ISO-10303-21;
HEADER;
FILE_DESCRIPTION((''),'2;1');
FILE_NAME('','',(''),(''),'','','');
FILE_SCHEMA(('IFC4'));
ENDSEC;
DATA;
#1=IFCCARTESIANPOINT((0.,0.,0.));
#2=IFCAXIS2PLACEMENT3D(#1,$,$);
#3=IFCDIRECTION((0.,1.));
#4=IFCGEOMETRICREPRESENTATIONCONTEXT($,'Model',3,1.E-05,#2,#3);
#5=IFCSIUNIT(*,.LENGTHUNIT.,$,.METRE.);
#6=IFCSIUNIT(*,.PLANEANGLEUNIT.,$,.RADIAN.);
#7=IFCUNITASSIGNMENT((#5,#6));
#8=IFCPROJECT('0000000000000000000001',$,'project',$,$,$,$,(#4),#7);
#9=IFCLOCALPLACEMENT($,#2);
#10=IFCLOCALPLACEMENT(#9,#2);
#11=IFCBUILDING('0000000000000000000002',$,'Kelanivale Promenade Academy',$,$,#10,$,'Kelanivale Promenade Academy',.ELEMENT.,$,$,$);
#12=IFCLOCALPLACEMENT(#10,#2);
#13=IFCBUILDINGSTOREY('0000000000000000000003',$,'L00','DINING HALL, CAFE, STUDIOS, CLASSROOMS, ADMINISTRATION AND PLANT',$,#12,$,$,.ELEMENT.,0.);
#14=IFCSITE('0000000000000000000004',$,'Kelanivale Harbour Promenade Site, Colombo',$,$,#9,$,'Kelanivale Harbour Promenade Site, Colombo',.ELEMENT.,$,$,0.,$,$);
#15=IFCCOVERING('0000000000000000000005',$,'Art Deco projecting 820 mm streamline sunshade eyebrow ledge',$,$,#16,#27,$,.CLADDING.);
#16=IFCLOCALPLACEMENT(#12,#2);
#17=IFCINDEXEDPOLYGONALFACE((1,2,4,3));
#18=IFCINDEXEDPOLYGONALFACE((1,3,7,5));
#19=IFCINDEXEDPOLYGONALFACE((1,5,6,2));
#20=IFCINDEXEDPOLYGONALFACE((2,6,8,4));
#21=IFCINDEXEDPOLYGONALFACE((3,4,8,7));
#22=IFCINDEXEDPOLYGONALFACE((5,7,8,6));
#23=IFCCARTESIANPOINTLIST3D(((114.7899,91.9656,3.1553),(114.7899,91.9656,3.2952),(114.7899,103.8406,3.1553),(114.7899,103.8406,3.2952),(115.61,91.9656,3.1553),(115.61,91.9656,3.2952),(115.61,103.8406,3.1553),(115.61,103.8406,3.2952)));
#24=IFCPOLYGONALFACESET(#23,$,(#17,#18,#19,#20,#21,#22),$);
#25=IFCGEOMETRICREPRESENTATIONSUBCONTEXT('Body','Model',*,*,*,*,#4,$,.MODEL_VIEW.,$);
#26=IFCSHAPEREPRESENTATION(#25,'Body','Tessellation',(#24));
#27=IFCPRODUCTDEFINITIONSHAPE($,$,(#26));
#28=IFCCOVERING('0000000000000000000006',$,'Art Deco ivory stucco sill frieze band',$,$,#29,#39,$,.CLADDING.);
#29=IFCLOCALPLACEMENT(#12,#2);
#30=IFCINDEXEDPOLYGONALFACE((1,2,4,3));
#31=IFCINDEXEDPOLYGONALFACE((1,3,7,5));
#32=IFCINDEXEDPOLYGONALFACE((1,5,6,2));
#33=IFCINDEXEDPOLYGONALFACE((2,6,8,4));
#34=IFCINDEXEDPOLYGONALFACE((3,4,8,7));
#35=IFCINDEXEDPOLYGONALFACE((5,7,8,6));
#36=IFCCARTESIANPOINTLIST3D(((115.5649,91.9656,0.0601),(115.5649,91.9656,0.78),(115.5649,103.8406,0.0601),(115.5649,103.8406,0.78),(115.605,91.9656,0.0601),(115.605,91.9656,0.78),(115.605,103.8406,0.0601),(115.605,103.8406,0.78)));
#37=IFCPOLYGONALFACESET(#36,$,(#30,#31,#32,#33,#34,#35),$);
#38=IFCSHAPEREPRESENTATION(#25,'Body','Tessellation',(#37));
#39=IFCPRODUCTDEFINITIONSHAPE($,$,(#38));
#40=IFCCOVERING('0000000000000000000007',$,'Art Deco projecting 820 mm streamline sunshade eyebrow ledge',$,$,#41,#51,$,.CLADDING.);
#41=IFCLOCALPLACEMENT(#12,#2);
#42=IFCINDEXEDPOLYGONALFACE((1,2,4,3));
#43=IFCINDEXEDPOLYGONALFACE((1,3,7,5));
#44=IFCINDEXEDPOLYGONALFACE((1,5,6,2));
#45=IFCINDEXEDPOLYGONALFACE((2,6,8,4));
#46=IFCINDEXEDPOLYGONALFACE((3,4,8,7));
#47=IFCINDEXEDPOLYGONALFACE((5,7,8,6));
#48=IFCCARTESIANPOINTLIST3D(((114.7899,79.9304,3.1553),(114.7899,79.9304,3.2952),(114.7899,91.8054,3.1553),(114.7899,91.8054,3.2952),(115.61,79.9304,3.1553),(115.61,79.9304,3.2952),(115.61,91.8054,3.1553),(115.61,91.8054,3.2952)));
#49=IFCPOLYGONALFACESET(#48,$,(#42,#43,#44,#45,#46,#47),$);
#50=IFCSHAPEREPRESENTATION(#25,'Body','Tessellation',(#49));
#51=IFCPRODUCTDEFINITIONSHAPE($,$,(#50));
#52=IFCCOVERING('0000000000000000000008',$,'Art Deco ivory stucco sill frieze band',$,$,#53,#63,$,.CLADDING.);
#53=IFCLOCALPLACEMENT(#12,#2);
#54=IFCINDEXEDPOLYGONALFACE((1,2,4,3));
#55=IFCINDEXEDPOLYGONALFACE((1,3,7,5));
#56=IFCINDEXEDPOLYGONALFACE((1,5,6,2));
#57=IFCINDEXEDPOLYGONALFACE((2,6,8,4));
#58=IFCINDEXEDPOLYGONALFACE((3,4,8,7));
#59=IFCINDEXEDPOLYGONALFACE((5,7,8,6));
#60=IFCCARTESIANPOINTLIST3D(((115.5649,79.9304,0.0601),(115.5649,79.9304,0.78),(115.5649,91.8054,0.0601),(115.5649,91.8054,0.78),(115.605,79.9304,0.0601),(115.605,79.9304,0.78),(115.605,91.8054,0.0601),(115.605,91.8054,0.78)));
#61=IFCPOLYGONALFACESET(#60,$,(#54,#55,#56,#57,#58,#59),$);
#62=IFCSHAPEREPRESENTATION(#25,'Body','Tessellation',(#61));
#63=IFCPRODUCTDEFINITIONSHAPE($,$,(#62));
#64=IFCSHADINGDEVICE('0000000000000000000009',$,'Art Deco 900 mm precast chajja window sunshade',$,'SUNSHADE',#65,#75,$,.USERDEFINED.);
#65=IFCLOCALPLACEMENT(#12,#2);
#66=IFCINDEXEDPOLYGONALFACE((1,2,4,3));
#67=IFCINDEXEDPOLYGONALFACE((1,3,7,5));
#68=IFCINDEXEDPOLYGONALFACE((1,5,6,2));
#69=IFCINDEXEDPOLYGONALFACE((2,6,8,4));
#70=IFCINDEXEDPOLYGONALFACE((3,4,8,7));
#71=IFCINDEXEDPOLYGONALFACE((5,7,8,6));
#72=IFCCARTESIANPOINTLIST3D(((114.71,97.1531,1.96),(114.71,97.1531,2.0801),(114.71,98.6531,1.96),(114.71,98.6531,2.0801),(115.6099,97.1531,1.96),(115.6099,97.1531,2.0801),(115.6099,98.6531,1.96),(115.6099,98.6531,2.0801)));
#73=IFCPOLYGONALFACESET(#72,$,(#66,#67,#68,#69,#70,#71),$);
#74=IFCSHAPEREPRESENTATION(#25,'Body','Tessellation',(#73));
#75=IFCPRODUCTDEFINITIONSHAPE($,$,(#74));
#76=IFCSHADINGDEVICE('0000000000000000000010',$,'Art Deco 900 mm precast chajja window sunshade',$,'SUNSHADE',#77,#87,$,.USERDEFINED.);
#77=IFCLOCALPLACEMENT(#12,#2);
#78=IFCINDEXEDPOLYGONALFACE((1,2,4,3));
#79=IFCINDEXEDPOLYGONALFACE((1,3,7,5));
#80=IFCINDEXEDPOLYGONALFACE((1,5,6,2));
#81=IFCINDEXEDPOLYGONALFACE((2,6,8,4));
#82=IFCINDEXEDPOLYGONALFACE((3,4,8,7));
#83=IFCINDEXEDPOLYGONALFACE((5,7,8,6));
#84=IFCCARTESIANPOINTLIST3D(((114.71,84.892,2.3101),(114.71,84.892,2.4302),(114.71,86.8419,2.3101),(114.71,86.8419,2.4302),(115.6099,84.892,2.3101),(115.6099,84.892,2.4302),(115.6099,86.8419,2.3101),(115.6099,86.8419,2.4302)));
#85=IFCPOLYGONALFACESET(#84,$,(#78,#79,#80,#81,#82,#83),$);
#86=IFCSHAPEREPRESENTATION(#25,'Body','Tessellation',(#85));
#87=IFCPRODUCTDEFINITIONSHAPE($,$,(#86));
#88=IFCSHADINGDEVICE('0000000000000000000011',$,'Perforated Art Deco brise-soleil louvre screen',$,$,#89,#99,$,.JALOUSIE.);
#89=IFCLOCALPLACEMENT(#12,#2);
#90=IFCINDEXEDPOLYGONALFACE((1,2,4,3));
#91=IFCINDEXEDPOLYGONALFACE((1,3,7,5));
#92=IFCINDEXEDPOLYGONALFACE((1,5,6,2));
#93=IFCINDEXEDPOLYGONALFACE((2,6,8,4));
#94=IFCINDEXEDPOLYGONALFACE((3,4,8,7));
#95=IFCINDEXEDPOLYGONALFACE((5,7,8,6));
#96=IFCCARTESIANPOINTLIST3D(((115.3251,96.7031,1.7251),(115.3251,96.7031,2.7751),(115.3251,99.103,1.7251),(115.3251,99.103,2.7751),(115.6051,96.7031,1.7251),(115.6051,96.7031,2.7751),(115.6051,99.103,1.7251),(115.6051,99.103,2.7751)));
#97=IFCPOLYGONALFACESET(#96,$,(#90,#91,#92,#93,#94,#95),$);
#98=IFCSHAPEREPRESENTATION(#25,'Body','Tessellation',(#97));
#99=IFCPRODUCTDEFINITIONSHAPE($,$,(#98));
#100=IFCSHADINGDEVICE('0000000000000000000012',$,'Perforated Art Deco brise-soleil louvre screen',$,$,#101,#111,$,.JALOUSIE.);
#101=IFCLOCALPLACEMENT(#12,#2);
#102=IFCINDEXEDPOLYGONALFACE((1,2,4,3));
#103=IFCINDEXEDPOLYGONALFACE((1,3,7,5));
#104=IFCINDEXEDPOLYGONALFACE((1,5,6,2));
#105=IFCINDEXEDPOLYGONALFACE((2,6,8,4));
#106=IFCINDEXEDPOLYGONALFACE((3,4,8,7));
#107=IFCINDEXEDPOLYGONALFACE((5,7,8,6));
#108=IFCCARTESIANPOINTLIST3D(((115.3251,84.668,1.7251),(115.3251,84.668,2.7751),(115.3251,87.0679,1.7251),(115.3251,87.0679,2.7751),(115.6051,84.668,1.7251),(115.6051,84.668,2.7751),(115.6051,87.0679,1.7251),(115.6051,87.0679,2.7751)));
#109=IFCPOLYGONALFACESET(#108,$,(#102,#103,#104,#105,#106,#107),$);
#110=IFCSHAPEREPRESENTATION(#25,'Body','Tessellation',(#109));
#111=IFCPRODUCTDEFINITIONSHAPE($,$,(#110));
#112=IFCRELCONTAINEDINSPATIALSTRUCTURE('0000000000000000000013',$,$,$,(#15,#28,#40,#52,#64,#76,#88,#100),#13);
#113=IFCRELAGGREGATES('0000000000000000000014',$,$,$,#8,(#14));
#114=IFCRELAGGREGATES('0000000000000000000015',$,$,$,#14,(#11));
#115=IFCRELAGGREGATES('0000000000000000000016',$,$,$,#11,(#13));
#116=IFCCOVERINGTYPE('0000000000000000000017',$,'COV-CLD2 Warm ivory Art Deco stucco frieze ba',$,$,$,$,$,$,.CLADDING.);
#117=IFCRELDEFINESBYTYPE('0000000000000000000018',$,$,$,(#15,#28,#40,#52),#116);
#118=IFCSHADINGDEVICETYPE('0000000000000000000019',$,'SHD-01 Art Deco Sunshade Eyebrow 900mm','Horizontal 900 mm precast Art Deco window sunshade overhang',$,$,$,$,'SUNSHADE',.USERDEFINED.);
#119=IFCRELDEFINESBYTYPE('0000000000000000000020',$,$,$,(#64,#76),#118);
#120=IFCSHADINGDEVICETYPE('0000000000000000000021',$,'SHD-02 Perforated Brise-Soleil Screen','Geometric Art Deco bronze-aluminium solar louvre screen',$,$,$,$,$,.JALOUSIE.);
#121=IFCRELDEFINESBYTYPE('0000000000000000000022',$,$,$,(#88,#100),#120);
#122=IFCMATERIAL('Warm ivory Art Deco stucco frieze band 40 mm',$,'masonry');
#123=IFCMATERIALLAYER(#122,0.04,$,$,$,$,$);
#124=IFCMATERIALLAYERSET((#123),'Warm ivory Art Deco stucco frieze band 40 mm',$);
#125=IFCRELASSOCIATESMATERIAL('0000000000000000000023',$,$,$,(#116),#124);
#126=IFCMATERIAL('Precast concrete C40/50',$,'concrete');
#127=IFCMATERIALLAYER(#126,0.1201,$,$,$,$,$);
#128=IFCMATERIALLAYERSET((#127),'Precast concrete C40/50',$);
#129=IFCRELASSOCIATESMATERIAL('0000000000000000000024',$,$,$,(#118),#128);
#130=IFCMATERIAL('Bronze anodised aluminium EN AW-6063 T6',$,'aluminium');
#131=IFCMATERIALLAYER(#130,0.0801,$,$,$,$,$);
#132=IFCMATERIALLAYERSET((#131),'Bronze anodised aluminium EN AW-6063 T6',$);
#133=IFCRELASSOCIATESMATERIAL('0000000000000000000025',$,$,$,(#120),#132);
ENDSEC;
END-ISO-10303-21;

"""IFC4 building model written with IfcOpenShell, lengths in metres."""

from ifc_helpers import new_model, si_unit, direction, frame, origin, origin_2d, place, context, subcontext, project, spatial, rectangle, extrude, material, layer, layer_set, type_object, element, save


model = new_model("IFC4")

# Units and contexts
model_context = context("Model", 3, precision=1e-05, world=origin(), true_north=direction((0.0, 1.0)))
body_context = subcontext(model_context, "Body", "Model", "MODEL_VIEW")
ifc_project = project(units=[si_unit("LENGTHUNIT", "METRE"), si_unit("PLANEANGLEUNIT", "RADIAN")], contexts=[model_context])

# Site, building, storey
site_placement = place(None, origin())
site = spatial("IfcSite", under=ifc_project, at=site_placement, Name="Kelanivale Harbour Promenade Site, Colombo", LongName="Kelanivale Harbour Promenade Site, Colombo", CompositionType="ELEMENT", RefElevation=0.0)
building_placement = place(site_placement, origin())
building = spatial("IfcBuilding", under=site, at=building_placement, Name="Kelanivale Promenade Academy", LongName="Kelanivale Promenade Academy", CompositionType="ELEMENT")
storey_placement = place(building_placement, origin())
storey = spatial("IfcBuildingStorey", under=building, at=storey_placement, Name="L00", Description="DINING HALL, CAFE, STUDIOS, CLASSROOMS, ADMINISTRATION AND PLANT", CompositionType="ELEMENT", Elevation=0.0)

# Coverings
ifc_material_1 = material(Name="Warm ivory Art Deco stucco frieze band 40 mm", Category="masonry")
ifc_layer_1 = layer(ifc_material_1, 0.04)
ifc_layer_set_1 = layer_set([ifc_layer_1], Name="Warm ivory Art Deco stucco frieze band 40 mm")
covering_type = type_object("IfcCoveringType", Name="COV-CLD2 Warm ivory Art Deco stucco frieze ba", PredefinedType="CLADDING", material=ifc_layer_set_1)
covering_1_placement = place(storey_placement, frame((115.2, 97.9031, 3.1553), z_axis=(0.0, 0.0, 1.0), x_axis=(0.0, -1.0, 0.0)))
element("IfcCovering", 1, at=covering_1_placement, inside=storey, type_object=covering_type, Name="Art Deco projecting 820 mm streamline sunshade eyebrow ledge", PredefinedType="CLADDING", context=body_context, shape_type="SweptSolid", body=[
    extrude(rectangle(XDim=11.875, YDim=0.8201, at=origin_2d()), origin(), (0.0, 0.0, 1.0), 0.1399),
])
covering_2_placement = place(storey_placement, frame((115.585, 97.9031, 0.0601), z_axis=(0.0, 0.0, 1.0), x_axis=(0.0, -1.0, 0.0)))
element("IfcCovering", 2, at=covering_2_placement, inside=storey, type_object=covering_type, Name="Art Deco ivory stucco sill frieze band", PredefinedType="CLADDING", context=body_context, shape_type="SweptSolid", body=[
    extrude(rectangle(XDim=11.875, YDim=0.04, at=origin_2d()), origin(), (0.0, 0.0, 1.0), 0.72),
])
covering_3_placement = place(storey_placement, frame((115.2, 85.8679, 3.1553), z_axis=(0.0, 0.0, 1.0), x_axis=(0.0, -1.0, 0.0)))
element("IfcCovering", 3, at=covering_3_placement, inside=storey, type_object=covering_type, Name="Art Deco projecting 820 mm streamline sunshade eyebrow ledge", PredefinedType="CLADDING", context=body_context, shape_type="SweptSolid", body=[
    extrude(rectangle(XDim=11.875, YDim=0.8201, at=origin_2d()), origin(), (0.0, 0.0, 1.0), 0.1399),
])
covering_4_placement = place(storey_placement, frame((115.585, 85.8679, 0.0601), z_axis=(0.0, 0.0, 1.0), x_axis=(0.0, -1.0, 0.0)))
element("IfcCovering", 4, at=covering_4_placement, inside=storey, type_object=covering_type, Name="Art Deco ivory stucco sill frieze band", PredefinedType="CLADDING", context=body_context, shape_type="SweptSolid", body=[
    extrude(rectangle(XDim=11.875, YDim=0.04, at=origin_2d()), origin(), (0.0, 0.0, 1.0), 0.72),
])

# Shading devices
ifc_material_2 = material(Name="Precast concrete C40/50", Category="concrete")
ifc_layer_2 = layer(ifc_material_2, 0.1201)
ifc_layer_set_2 = layer_set([ifc_layer_2], Name="Precast concrete C40/50")
shading_device_type_1 = type_object("IfcShadingDeviceType", Name="SHD-01 Art Deco Sunshade Eyebrow 900mm", Description="Horizontal 900 mm precast Art Deco window sunshade overhang", ElementType="SUNSHADE", PredefinedType="USERDEFINED", material=ifc_layer_set_2)
shading_device_1_placement = place(storey_placement, frame((115.1599, 97.9031, 1.96), z_axis=(0.0, 0.0, 1.0), x_axis=(0.0, -1.0, 0.0)))
element("IfcShadingDevice", 5, at=shading_device_1_placement, inside=storey, type_object=shading_device_type_1, Name="Art Deco 900 mm precast chajja window sunshade", ObjectType="SUNSHADE", PredefinedType="USERDEFINED", context=body_context, shape_type="SweptSolid", body=[
    extrude(rectangle(XDim=1.5, YDim=0.8999, at=origin_2d()), origin(), (0.0, 0.0, 1.0), 0.1201),
])
shading_device_2_placement = place(storey_placement, frame((115.1599, 85.8669, 2.3101), z_axis=(0.0, 0.0, 1.0), x_axis=(0.0, -1.0, 0.0)))
element("IfcShadingDevice", 6, at=shading_device_2_placement, inside=storey, type_object=shading_device_type_1, Name="Art Deco 900 mm precast chajja window sunshade", ObjectType="SUNSHADE", PredefinedType="USERDEFINED", context=body_context, shape_type="SweptSolid", body=[
    extrude(rectangle(XDim=1.95, YDim=0.8999, at=origin_2d()), origin(), (0.0, 0.0, 1.0), 0.1201),
])
ifc_material_3 = material(Name="Bronze anodised aluminium EN AW-6063 T6", Category="aluminium")
ifc_layer_3 = layer(ifc_material_3, 0.0801)
ifc_layer_set_3 = layer_set([ifc_layer_3], Name="Bronze anodised aluminium EN AW-6063 T6")
shading_device_type_2 = type_object("IfcShadingDeviceType", Name="SHD-02 Perforated Brise-Soleil Screen", Description="Geometric Art Deco bronze-aluminium solar louvre screen", PredefinedType="JALOUSIE", material=ifc_layer_set_3)
for number, where, z_axis, x_axis, name in (
    (7, (115.4651, 97.9031, 1.7251), (0.0, 0.0, 1.0), (0.0, -1.0, 0.0), "Perforated Art Deco brise-soleil louvre screen"),
    (8, (115.4651, 85.8679, 1.7251), (0.0, 0.0, 1.0), (0.0, -1.0, 0.0), "Perforated Art Deco brise-soleil louvre screen"),
):
    element("IfcShadingDevice", number, at=place(storey_placement, frame(where, z_axis=z_axis, x_axis=x_axis)), inside=storey, type_object=shading_device_type_2, Name=name, PredefinedType="JALOUSIE", context=body_context, shape_type="SweptSolid", body=[
        extrude(rectangle(XDim=2.3999, YDim=0.28, at=origin_2d()), origin(), (0.0, 0.0, 1.0), 1.05),
    ])

save(model, "model.ifc")
